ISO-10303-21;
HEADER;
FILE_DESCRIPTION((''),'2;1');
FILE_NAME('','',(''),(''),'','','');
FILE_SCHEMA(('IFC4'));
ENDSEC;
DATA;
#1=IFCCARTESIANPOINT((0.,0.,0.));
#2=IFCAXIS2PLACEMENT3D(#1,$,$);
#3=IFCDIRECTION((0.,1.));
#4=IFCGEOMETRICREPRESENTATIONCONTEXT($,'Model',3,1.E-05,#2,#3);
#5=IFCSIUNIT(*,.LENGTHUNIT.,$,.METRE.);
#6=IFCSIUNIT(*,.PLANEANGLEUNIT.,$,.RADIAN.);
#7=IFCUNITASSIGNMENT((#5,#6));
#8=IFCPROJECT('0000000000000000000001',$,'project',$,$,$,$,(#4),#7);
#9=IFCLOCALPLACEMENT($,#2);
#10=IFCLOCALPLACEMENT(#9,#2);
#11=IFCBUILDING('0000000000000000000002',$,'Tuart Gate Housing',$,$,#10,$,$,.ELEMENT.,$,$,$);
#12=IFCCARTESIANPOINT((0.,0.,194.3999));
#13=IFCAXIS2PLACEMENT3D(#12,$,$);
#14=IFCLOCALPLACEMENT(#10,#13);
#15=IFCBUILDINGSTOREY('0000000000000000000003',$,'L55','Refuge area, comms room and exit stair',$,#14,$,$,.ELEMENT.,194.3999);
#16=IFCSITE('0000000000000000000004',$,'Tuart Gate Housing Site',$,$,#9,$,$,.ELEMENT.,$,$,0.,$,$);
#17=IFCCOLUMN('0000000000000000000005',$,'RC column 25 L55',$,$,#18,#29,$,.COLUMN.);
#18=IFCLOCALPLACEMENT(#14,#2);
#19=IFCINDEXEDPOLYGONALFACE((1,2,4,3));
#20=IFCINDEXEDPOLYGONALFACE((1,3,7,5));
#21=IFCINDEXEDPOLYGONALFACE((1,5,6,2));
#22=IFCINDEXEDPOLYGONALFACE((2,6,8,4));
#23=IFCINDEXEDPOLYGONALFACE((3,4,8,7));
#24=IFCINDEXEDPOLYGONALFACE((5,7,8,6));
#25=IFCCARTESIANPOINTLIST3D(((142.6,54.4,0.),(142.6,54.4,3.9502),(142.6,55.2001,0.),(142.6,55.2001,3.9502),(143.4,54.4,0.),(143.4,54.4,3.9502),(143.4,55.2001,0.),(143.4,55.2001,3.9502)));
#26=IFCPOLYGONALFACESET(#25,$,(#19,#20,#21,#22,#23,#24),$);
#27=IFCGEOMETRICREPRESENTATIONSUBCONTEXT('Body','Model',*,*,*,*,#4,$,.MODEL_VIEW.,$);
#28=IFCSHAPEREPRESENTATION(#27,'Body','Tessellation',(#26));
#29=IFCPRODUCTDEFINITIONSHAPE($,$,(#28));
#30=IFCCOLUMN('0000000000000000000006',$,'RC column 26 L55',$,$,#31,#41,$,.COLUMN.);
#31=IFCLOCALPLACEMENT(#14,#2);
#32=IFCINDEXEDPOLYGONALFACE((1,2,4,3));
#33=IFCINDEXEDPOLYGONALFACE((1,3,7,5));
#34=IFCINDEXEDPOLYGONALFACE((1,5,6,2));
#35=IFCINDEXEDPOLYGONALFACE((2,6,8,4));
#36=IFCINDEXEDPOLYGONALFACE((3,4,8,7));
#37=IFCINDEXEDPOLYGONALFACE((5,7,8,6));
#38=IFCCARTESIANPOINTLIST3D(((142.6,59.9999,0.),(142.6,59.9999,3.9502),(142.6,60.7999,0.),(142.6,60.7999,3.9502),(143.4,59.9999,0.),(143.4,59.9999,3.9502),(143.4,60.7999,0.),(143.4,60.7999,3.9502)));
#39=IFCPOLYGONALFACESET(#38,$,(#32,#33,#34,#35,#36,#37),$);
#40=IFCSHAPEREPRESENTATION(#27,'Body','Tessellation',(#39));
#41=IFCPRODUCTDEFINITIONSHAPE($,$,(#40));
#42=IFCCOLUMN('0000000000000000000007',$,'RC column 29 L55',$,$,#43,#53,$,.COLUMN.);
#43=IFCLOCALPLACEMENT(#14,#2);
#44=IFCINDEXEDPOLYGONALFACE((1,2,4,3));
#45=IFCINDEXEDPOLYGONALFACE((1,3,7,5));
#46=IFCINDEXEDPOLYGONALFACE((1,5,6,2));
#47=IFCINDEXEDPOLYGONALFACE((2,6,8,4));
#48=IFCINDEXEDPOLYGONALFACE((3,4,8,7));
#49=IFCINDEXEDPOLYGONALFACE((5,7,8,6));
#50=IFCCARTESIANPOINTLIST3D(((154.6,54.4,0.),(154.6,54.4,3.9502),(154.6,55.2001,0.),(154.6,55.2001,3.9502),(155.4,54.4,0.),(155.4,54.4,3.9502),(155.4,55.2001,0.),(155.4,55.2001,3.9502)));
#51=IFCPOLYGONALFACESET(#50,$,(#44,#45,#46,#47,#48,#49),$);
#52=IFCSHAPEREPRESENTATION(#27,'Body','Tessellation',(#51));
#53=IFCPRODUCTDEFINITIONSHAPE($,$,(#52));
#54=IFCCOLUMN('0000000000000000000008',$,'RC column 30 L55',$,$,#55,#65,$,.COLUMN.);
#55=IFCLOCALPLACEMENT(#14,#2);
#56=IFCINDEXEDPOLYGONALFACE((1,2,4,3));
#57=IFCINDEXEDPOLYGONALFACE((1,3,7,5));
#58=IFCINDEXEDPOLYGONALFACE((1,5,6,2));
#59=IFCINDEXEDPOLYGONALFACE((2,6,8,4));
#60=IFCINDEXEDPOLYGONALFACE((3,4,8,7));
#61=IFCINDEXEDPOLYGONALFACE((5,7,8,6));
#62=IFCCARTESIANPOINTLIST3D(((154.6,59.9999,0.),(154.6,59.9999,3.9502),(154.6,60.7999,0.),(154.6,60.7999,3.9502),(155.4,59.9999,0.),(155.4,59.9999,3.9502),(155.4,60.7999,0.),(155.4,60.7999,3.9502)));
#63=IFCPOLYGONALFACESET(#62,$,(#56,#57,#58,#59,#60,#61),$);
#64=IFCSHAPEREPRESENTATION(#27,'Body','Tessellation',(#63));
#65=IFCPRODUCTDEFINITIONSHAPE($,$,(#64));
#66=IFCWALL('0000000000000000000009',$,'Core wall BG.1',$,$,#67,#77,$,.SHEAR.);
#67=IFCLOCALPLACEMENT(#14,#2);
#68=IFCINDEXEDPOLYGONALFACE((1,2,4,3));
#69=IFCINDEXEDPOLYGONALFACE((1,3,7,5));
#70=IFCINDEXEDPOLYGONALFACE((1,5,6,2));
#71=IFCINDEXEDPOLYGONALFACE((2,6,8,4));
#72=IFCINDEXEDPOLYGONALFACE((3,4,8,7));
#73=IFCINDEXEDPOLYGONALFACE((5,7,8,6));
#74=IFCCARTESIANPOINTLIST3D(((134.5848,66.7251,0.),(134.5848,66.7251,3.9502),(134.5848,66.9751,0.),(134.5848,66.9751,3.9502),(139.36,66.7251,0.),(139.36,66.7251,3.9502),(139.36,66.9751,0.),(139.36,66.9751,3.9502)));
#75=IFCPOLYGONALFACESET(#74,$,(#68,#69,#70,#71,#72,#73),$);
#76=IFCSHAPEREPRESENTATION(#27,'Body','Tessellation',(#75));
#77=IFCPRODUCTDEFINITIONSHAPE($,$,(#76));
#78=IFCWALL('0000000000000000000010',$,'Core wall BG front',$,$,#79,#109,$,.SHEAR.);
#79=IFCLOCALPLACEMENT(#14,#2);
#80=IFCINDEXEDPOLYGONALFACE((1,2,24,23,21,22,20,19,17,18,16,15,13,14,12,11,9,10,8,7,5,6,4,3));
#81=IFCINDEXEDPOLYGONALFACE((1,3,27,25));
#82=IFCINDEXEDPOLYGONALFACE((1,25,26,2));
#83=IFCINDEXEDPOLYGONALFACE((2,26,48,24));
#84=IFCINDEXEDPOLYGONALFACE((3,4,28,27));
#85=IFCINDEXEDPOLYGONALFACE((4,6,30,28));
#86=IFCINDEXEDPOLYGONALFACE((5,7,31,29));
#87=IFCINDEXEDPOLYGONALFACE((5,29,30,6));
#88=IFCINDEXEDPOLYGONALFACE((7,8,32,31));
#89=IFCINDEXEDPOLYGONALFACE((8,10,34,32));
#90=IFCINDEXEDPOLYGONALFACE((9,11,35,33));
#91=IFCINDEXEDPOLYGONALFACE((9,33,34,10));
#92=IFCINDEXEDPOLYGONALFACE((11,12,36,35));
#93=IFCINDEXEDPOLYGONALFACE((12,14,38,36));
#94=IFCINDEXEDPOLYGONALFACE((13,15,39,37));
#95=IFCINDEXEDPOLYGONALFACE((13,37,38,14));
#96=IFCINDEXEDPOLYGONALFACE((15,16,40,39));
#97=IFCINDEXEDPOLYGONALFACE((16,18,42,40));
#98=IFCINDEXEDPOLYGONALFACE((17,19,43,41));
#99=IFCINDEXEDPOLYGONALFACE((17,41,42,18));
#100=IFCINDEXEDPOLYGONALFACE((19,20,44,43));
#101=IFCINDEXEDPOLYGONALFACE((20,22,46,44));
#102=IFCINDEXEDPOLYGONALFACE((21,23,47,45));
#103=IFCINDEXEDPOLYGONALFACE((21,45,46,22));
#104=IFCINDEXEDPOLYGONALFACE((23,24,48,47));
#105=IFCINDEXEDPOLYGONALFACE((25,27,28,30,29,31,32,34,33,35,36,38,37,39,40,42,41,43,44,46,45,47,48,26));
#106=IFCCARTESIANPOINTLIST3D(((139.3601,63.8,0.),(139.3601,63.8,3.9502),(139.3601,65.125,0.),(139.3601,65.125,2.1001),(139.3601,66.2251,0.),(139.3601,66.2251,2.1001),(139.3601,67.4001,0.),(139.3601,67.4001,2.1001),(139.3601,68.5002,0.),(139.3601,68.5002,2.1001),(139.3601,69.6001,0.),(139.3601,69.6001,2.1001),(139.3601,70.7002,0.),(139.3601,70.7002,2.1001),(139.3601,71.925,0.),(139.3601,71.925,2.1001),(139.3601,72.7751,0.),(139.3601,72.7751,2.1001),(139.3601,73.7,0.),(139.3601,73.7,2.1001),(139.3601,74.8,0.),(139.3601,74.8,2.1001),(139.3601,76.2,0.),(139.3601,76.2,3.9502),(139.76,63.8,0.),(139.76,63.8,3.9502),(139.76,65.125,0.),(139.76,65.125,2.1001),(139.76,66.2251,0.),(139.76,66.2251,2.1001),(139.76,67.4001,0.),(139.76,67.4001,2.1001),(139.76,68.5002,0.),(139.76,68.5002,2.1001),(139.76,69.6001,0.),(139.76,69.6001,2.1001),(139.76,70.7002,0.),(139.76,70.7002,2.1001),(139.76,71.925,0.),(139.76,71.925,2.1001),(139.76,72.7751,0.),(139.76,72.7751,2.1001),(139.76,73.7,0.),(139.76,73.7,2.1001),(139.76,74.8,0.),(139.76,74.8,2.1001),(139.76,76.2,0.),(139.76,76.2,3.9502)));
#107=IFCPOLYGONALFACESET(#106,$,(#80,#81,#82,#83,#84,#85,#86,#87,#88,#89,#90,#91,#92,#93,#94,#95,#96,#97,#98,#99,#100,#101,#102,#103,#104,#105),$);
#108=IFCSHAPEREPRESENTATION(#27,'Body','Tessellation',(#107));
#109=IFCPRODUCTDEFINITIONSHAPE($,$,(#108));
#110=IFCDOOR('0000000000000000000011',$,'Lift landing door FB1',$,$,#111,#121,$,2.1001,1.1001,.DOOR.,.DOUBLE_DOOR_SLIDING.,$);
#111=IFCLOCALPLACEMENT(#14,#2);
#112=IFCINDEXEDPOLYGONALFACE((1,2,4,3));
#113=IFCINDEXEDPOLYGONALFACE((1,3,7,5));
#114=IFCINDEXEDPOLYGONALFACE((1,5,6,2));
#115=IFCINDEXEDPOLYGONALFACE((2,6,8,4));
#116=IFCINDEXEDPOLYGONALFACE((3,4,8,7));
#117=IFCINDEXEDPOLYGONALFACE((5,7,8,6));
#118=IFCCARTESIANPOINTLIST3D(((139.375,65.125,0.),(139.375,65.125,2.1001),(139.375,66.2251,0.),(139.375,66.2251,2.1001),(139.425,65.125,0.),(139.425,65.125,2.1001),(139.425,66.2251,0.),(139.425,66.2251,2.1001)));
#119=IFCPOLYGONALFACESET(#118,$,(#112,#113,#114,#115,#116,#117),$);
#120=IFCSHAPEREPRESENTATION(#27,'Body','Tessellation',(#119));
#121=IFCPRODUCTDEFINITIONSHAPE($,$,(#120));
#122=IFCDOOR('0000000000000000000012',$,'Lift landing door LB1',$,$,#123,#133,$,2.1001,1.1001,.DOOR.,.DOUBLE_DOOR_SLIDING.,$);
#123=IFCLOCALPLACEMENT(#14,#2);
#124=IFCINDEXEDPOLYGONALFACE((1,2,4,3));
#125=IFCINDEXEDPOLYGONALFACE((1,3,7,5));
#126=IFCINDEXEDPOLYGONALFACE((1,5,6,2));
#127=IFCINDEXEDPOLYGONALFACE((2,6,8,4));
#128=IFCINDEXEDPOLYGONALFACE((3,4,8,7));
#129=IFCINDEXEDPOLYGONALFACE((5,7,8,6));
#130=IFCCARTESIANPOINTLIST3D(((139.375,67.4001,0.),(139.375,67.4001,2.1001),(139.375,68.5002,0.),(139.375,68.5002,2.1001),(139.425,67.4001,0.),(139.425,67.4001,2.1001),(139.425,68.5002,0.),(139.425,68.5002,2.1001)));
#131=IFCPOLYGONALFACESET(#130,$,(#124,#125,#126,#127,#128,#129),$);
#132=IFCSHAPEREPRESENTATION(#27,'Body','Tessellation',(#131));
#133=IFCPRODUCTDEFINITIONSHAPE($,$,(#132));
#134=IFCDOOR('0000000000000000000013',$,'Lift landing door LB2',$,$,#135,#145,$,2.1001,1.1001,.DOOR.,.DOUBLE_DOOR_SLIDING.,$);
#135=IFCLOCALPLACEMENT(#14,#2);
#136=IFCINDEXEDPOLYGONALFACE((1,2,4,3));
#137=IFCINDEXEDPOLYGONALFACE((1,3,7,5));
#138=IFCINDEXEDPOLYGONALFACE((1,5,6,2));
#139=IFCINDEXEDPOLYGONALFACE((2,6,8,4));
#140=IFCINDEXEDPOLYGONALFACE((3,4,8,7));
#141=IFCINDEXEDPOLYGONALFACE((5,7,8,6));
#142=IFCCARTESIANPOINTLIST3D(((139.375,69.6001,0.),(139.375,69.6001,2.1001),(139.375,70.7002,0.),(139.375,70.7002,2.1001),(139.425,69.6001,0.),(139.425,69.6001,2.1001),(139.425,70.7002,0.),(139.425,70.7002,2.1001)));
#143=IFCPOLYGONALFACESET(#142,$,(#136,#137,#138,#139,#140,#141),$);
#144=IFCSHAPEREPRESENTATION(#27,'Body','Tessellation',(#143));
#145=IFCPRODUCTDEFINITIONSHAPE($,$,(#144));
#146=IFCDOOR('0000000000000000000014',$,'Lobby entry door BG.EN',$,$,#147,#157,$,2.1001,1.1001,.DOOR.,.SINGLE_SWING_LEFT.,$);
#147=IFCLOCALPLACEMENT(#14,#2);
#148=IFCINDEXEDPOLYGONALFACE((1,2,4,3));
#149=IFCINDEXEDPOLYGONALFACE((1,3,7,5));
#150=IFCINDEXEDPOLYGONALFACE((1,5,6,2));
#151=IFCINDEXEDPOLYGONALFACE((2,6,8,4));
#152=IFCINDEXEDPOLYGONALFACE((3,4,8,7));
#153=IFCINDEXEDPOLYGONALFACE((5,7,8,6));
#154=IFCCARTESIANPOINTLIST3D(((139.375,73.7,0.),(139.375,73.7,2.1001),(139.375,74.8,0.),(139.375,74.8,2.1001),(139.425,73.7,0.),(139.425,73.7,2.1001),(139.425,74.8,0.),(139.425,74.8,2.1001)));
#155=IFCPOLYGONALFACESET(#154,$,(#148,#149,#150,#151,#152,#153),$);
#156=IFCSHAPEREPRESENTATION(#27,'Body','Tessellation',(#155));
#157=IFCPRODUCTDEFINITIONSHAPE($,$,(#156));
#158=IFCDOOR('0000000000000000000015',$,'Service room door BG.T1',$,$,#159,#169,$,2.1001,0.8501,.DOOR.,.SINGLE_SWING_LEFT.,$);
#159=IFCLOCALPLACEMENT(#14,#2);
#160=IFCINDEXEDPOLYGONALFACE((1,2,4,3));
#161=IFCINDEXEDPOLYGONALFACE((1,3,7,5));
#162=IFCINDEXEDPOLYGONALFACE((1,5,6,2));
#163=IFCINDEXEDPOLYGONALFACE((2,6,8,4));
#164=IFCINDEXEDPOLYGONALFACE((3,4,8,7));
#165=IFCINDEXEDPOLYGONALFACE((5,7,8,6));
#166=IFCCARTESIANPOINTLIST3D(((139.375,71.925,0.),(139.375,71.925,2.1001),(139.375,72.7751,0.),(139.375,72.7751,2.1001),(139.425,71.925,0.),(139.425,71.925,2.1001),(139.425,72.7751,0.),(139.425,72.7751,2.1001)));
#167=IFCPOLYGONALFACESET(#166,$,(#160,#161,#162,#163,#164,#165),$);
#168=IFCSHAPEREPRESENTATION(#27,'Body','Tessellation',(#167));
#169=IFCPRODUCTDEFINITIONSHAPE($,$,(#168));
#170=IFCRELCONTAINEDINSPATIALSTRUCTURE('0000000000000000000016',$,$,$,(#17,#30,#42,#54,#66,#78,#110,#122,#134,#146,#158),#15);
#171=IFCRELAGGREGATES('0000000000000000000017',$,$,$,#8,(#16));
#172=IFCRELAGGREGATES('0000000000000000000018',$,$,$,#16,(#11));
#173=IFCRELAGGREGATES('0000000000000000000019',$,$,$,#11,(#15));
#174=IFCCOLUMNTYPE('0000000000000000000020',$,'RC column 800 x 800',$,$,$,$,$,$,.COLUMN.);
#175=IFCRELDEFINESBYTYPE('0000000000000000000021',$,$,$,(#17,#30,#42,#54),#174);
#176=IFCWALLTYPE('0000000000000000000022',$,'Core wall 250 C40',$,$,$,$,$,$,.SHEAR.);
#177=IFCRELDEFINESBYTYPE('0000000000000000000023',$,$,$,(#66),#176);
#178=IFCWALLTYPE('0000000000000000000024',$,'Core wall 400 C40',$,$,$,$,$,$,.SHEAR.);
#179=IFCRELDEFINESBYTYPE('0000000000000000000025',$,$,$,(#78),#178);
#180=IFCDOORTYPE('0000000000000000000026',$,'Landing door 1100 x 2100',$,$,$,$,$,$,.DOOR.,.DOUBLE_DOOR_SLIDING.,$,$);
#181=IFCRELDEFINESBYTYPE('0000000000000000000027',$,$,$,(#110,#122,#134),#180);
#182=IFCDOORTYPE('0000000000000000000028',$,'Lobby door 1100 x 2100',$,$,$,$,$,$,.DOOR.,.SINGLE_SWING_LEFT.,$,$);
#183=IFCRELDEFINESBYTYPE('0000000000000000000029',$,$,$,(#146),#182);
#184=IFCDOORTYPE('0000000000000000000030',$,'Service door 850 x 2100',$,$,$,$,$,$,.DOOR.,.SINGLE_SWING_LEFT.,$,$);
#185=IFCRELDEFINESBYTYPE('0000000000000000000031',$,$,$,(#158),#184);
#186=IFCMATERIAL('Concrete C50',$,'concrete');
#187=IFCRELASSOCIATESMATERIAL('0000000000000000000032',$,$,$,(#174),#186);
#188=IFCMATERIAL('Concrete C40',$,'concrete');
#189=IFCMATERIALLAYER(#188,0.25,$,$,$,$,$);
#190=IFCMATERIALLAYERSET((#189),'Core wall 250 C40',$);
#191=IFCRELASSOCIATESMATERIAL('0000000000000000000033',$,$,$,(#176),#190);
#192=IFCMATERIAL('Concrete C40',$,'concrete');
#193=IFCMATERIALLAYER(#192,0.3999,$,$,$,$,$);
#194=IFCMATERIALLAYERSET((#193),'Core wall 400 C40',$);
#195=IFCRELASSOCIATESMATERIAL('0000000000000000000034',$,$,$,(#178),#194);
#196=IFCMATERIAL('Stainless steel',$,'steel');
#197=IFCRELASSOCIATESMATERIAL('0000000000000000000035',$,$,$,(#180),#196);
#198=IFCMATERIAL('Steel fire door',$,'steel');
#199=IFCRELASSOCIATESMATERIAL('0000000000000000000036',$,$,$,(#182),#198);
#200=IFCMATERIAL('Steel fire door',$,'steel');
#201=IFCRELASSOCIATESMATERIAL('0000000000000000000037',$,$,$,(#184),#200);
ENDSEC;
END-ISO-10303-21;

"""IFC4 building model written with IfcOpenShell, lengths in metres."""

from ifc_helpers import new_model, si_unit, direction, frame, frame_2d, origin, origin_2d, place, context, subcontext, project, spatial, rectangle, extrude, material, layer, layer_set, material_profile, profile_set, type_object, element, fill, save


model = new_model("IFC4")

# Units and contexts
model_context = context("Model", 3, precision=1e-05, world=origin(), true_north=direction((0.0, 1.0)))
body_context = subcontext(model_context, "Body", "Model", "MODEL_VIEW")
ifc_project = project(units=[si_unit("LENGTHUNIT", "METRE"), si_unit("PLANEANGLEUNIT", "RADIAN")], contexts=[model_context])

# Site, building, storey
site_placement = place(None, origin())
site = spatial("IfcSite", under=ifc_project, at=site_placement, Name="Tuart Gate Housing Site", CompositionType="ELEMENT", RefElevation=0.0)
building_placement = place(site_placement, origin())
building = spatial("IfcBuilding", under=site, at=building_placement, Name="Tuart Gate Housing", CompositionType="ELEMENT")
storey_placement = place(building_placement, frame((0.0, 0.0, 194.3999)))
storey = spatial("IfcBuildingStorey", under=building, at=storey_placement, Name="L55", Description="Refuge area, comms room and exit stair", CompositionType="ELEMENT", Elevation=194.3999)

# Columns
ifc_material_1 = material(Name="Concrete C50", Category="concrete")
ifc_material_profile = material_profile(ifc_material_1, rectangle(XDim=0.8, YDim=0.8, at=origin_2d()), Name="RC column 800 x 800")
ifc_profile_set = profile_set([ifc_material_profile], Name="Concrete C50")
column_type = type_object("IfcColumnType", Name="RC column 800 x 800", PredefinedType="COLUMN", material=ifc_profile_set)
for number, where, z_axis, x_axis, name in (
    (1, (143.0, 54.8, 0.0), (0.0, 0.0, 1.0), (1.0, 0.0, 0.0), "RC column 25 L55"),
    (2, (143.0, 60.3999, 0.0), (0.0, 0.0, 1.0), (1.0, 0.0, 0.0), "RC column 26 L55"),
    (3, (155.0, 54.8, 0.0), (0.0, 0.0, 1.0), (1.0, 0.0, 0.0), "RC column 29 L55"),
    (4, (155.0, 60.3999, 0.0), (0.0, 0.0, 1.0), (1.0, 0.0, 0.0), "RC column 30 L55"),
):
    element("IfcColumn", number, at=place(storey_placement, frame(where, z_axis=z_axis, x_axis=x_axis)), inside=storey, type_object=column_type, Name=name, PredefinedType="COLUMN", context=body_context, shape_type="SweptSolid", body=[
        extrude(rectangle(XDim=0.8, YDim=0.8, at=origin_2d()), origin(), (0.0, 0.0, 1.0), 3.9502),
    ])

# Wall
ifc_material_2 = material(Name="Concrete C40", Category="concrete")
ifc_layer_1 = layer(ifc_material_2, 0.25)
ifc_layer_set_1 = layer_set([ifc_layer_1], Name="Core wall 250 C40")
wall_type_1 = type_object("IfcWallType", Name="Core wall 250 C40", PredefinedType="SHEAR", material=ifc_layer_set_1)
wall_1_placement = place(storey_placement, frame((139.3601, 66.8501, 0.0), z_axis=(0.0, 0.0, 1.0), x_axis=(-1.0, 0.0, 0.0)))
element("IfcWall", 5, at=wall_1_placement, inside=storey, type_object=wall_type_1, Name="Core wall BG.1", PredefinedType="SHEAR", context=body_context, shape_type="SweptSolid", body=[
    extrude(rectangle(XDim=4.7751, YDim=0.25, at=frame_2d((2.3877, 0.0))), origin(), (0.0, 0.0, 1.0), 3.9502),
])

# Wall, openings, doors
ifc_material_3 = material(Name="Concrete C40", Category="concrete")
ifc_layer_2 = layer(ifc_material_3, 0.3999)
ifc_layer_set_2 = layer_set([ifc_layer_2], Name="Core wall 400 C40")
wall_type_2 = type_object("IfcWallType", Name="Core wall 400 C40", PredefinedType="SHEAR", material=ifc_layer_set_2)
wall_2_placement = place(storey_placement, frame((139.5601, 63.8, 0.0), z_axis=(0.0, 0.0, 1.0), x_axis=(0.0, 1.0, 0.0)))
wall_2 = element("IfcWall", 6, at=wall_2_placement, inside=storey, type_object=wall_type_2, Name="Core wall BG front", PredefinedType="SHEAR", context=body_context, shape_type="SweptSolid", body=[
    extrude(rectangle(XDim=12.3999, YDim=0.3999, at=frame_2d((6.2, 0.0))), origin(), (0.0, 0.0, 1.0), 3.9502),
])
opening_1_placement = place(wall_2_placement, frame((1.325, 0.0, 0.0)))
opening_1 = element("IfcOpeningElement", 7, at=opening_1_placement, cuts=wall_2, PredefinedType="OPENING", context=body_context, shape_type="SweptSolid", body=[
    extrude(rectangle(XDim=1.1001, YDim=2.1001, at=frame_2d((0.55, 1.05))), frame((0.0, 0.21, 0.0), z_axis=(0.0, -1.0, 0.0), x_axis=(1.0, 0.0, 0.0)), (0.0, 0.0, 1.0), 0.4199),
])
opening_2_placement = place(wall_2_placement, frame((3.6001, 0.0, 0.0)))
opening_2 = element("IfcOpeningElement", 8, at=opening_2_placement, cuts=wall_2, PredefinedType="OPENING", context=body_context, shape_type="SweptSolid", body=[
    extrude(rectangle(XDim=1.1001, YDim=2.1001, at=frame_2d((0.55, 1.05))), frame((0.0, 0.21, 0.0), z_axis=(0.0, -1.0, 0.0), x_axis=(1.0, 0.0, 0.0)), (0.0, 0.0, 1.0), 0.4199),
])
opening_3_placement = place(wall_2_placement, frame((5.8, 0.0, 0.0)))
opening_3 = element("IfcOpeningElement", 9, at=opening_3_placement, cuts=wall_2, PredefinedType="OPENING", context=body_context, shape_type="SweptSolid", body=[
    extrude(rectangle(XDim=1.1001, YDim=2.1001, at=frame_2d((0.55, 1.05))), frame((0.0, 0.21, 0.0), z_axis=(0.0, -1.0, 0.0), x_axis=(1.0, 0.0, 0.0)), (0.0, 0.0, 1.0), 0.4199),
])
opening_4_placement = place(wall_2_placement, frame((9.8999, 0.0, 0.0)))
opening_4 = element("IfcOpeningElement", 10, at=opening_4_placement, cuts=wall_2, PredefinedType="OPENING", context=body_context, shape_type="SweptSolid", body=[
    extrude(rectangle(XDim=1.1001, YDim=2.1001, at=frame_2d((0.55, 1.05))), frame((0.0, 0.21, 0.0), z_axis=(0.0, -1.0, 0.0), x_axis=(1.0, 0.0, 0.0)), (0.0, 0.0, 1.0), 0.4199),
])
opening_5_placement = place(wall_2_placement, frame((8.125, 0.0, 0.0)))
opening_5 = element("IfcOpeningElement", 11, at=opening_5_placement, cuts=wall_2, PredefinedType="OPENING", context=body_context, shape_type="SweptSolid", body=[
    extrude(rectangle(XDim=0.8501, YDim=2.1001, at=frame_2d((0.425, 1.05))), frame((0.0, 0.21, 0.0), z_axis=(0.0, -1.0, 0.0), x_axis=(1.0, 0.0, 0.0)), (0.0, 0.0, 1.0), 0.4199),
])
ifc_material_4 = material(Name="Stainless steel", Category="steel")
door_type_1 = type_object("IfcDoorType", Name="Landing door 1100 x 2100", OperationType="DOUBLE_DOOR_SLIDING", PredefinedType="DOOR", material=ifc_material_4)
door_1_placement = place(opening_1_placement, origin())
door_1 = element("IfcDoor", 12, at=door_1_placement, inside=storey, type_object=door_type_1, Name="Lift landing door FB1", OperationType="DOUBLE_DOOR_SLIDING", OverallHeight=2.1001, OverallWidth=1.1001, PredefinedType="DOOR", context=body_context, shape_type="SweptSolid", body=[
    extrude(rectangle(XDim=1.1001, YDim=2.1001, at=frame_2d((0.55, 1.05))), frame((0.0, 0.1851, 0.0), z_axis=(0.0, -1.0, 0.0), x_axis=(1.0, 0.0, 0.0)), (0.0, 0.0, 1.0), 0.05),
])
fill(opening_1, door_1)
door_2_placement = place(opening_2_placement, origin())
door_2 = element("IfcDoor", 13, at=door_2_placement, inside=storey, type_object=door_type_1, Name="Lift landing door LB1", OperationType="DOUBLE_DOOR_SLIDING", OverallHeight=2.1001, OverallWidth=1.1001, PredefinedType="DOOR", context=body_context, shape_type="SweptSolid", body=[
    extrude(rectangle(XDim=1.1001, YDim=2.1001, at=frame_2d((0.55, 1.05))), frame((0.0, 0.1851, 0.0), z_axis=(0.0, -1.0, 0.0), x_axis=(1.0, 0.0, 0.0)), (0.0, 0.0, 1.0), 0.05),
])
fill(opening_2, door_2)
door_3_placement = place(opening_3_placement, origin())
door_3 = element("IfcDoor", 14, at=door_3_placement, inside=storey, type_object=door_type_1, Name="Lift landing door LB2", OperationType="DOUBLE_DOOR_SLIDING", OverallHeight=2.1001, OverallWidth=1.1001, PredefinedType="DOOR", context=body_context, shape_type="SweptSolid", body=[
    extrude(rectangle(XDim=1.1001, YDim=2.1001, at=frame_2d((0.55, 1.05))), frame((0.0, 0.1851, 0.0), z_axis=(0.0, -1.0, 0.0), x_axis=(1.0, 0.0, 0.0)), (0.0, 0.0, 1.0), 0.05),
])
fill(opening_3, door_3)
ifc_material_5 = material(Name="Steel fire door", Category="steel")
door_type_2 = type_object("IfcDoorType", Name="Lobby door 1100 x 2100", OperationType="SINGLE_SWING_LEFT", PredefinedType="DOOR", material=ifc_material_5)
door_4_placement = place(opening_4_placement, origin())
door_4 = element("IfcDoor", 15, at=door_4_placement, inside=storey, type_object=door_type_2, Name="Lobby entry door BG.EN", OperationType="SINGLE_SWING_LEFT", OverallHeight=2.1001, OverallWidth=1.1001, PredefinedType="DOOR", context=body_context, shape_type="SweptSolid", body=[
    extrude(rectangle(XDim=1.1001, YDim=2.1001, at=frame_2d((0.55, 1.05))), frame((0.0, 0.1851, 0.0), z_axis=(0.0, -1.0, 0.0), x_axis=(1.0, 0.0, 0.0)), (0.0, 0.0, 1.0), 0.05),
])
fill(opening_4, door_4)
ifc_material_6 = material(Name="Steel fire door", Category="steel")
door_type_3 = type_object("IfcDoorType", Name="Service door 850 x 2100", OperationType="SINGLE_SWING_LEFT", PredefinedType="DOOR", material=ifc_material_6)
door_5_placement = place(opening_5_placement, origin())
door_5 = element("IfcDoor", 16, at=door_5_placement, inside=storey, type_object=door_type_3, Name="Service room door BG.T1", OperationType="SINGLE_SWING_LEFT", OverallHeight=2.1001, OverallWidth=0.8501, PredefinedType="DOOR", context=body_context, shape_type="SweptSolid", body=[
    extrude(rectangle(XDim=0.8501, YDim=2.1001, at=frame_2d((0.425, 1.05))), frame((0.0, 0.1851, 0.0), z_axis=(0.0, -1.0, 0.0), x_axis=(1.0, 0.0, 0.0)), (0.0, 0.0, 1.0), 0.05),
])
fill(opening_5, door_5)

save(model, "model.ifc")
